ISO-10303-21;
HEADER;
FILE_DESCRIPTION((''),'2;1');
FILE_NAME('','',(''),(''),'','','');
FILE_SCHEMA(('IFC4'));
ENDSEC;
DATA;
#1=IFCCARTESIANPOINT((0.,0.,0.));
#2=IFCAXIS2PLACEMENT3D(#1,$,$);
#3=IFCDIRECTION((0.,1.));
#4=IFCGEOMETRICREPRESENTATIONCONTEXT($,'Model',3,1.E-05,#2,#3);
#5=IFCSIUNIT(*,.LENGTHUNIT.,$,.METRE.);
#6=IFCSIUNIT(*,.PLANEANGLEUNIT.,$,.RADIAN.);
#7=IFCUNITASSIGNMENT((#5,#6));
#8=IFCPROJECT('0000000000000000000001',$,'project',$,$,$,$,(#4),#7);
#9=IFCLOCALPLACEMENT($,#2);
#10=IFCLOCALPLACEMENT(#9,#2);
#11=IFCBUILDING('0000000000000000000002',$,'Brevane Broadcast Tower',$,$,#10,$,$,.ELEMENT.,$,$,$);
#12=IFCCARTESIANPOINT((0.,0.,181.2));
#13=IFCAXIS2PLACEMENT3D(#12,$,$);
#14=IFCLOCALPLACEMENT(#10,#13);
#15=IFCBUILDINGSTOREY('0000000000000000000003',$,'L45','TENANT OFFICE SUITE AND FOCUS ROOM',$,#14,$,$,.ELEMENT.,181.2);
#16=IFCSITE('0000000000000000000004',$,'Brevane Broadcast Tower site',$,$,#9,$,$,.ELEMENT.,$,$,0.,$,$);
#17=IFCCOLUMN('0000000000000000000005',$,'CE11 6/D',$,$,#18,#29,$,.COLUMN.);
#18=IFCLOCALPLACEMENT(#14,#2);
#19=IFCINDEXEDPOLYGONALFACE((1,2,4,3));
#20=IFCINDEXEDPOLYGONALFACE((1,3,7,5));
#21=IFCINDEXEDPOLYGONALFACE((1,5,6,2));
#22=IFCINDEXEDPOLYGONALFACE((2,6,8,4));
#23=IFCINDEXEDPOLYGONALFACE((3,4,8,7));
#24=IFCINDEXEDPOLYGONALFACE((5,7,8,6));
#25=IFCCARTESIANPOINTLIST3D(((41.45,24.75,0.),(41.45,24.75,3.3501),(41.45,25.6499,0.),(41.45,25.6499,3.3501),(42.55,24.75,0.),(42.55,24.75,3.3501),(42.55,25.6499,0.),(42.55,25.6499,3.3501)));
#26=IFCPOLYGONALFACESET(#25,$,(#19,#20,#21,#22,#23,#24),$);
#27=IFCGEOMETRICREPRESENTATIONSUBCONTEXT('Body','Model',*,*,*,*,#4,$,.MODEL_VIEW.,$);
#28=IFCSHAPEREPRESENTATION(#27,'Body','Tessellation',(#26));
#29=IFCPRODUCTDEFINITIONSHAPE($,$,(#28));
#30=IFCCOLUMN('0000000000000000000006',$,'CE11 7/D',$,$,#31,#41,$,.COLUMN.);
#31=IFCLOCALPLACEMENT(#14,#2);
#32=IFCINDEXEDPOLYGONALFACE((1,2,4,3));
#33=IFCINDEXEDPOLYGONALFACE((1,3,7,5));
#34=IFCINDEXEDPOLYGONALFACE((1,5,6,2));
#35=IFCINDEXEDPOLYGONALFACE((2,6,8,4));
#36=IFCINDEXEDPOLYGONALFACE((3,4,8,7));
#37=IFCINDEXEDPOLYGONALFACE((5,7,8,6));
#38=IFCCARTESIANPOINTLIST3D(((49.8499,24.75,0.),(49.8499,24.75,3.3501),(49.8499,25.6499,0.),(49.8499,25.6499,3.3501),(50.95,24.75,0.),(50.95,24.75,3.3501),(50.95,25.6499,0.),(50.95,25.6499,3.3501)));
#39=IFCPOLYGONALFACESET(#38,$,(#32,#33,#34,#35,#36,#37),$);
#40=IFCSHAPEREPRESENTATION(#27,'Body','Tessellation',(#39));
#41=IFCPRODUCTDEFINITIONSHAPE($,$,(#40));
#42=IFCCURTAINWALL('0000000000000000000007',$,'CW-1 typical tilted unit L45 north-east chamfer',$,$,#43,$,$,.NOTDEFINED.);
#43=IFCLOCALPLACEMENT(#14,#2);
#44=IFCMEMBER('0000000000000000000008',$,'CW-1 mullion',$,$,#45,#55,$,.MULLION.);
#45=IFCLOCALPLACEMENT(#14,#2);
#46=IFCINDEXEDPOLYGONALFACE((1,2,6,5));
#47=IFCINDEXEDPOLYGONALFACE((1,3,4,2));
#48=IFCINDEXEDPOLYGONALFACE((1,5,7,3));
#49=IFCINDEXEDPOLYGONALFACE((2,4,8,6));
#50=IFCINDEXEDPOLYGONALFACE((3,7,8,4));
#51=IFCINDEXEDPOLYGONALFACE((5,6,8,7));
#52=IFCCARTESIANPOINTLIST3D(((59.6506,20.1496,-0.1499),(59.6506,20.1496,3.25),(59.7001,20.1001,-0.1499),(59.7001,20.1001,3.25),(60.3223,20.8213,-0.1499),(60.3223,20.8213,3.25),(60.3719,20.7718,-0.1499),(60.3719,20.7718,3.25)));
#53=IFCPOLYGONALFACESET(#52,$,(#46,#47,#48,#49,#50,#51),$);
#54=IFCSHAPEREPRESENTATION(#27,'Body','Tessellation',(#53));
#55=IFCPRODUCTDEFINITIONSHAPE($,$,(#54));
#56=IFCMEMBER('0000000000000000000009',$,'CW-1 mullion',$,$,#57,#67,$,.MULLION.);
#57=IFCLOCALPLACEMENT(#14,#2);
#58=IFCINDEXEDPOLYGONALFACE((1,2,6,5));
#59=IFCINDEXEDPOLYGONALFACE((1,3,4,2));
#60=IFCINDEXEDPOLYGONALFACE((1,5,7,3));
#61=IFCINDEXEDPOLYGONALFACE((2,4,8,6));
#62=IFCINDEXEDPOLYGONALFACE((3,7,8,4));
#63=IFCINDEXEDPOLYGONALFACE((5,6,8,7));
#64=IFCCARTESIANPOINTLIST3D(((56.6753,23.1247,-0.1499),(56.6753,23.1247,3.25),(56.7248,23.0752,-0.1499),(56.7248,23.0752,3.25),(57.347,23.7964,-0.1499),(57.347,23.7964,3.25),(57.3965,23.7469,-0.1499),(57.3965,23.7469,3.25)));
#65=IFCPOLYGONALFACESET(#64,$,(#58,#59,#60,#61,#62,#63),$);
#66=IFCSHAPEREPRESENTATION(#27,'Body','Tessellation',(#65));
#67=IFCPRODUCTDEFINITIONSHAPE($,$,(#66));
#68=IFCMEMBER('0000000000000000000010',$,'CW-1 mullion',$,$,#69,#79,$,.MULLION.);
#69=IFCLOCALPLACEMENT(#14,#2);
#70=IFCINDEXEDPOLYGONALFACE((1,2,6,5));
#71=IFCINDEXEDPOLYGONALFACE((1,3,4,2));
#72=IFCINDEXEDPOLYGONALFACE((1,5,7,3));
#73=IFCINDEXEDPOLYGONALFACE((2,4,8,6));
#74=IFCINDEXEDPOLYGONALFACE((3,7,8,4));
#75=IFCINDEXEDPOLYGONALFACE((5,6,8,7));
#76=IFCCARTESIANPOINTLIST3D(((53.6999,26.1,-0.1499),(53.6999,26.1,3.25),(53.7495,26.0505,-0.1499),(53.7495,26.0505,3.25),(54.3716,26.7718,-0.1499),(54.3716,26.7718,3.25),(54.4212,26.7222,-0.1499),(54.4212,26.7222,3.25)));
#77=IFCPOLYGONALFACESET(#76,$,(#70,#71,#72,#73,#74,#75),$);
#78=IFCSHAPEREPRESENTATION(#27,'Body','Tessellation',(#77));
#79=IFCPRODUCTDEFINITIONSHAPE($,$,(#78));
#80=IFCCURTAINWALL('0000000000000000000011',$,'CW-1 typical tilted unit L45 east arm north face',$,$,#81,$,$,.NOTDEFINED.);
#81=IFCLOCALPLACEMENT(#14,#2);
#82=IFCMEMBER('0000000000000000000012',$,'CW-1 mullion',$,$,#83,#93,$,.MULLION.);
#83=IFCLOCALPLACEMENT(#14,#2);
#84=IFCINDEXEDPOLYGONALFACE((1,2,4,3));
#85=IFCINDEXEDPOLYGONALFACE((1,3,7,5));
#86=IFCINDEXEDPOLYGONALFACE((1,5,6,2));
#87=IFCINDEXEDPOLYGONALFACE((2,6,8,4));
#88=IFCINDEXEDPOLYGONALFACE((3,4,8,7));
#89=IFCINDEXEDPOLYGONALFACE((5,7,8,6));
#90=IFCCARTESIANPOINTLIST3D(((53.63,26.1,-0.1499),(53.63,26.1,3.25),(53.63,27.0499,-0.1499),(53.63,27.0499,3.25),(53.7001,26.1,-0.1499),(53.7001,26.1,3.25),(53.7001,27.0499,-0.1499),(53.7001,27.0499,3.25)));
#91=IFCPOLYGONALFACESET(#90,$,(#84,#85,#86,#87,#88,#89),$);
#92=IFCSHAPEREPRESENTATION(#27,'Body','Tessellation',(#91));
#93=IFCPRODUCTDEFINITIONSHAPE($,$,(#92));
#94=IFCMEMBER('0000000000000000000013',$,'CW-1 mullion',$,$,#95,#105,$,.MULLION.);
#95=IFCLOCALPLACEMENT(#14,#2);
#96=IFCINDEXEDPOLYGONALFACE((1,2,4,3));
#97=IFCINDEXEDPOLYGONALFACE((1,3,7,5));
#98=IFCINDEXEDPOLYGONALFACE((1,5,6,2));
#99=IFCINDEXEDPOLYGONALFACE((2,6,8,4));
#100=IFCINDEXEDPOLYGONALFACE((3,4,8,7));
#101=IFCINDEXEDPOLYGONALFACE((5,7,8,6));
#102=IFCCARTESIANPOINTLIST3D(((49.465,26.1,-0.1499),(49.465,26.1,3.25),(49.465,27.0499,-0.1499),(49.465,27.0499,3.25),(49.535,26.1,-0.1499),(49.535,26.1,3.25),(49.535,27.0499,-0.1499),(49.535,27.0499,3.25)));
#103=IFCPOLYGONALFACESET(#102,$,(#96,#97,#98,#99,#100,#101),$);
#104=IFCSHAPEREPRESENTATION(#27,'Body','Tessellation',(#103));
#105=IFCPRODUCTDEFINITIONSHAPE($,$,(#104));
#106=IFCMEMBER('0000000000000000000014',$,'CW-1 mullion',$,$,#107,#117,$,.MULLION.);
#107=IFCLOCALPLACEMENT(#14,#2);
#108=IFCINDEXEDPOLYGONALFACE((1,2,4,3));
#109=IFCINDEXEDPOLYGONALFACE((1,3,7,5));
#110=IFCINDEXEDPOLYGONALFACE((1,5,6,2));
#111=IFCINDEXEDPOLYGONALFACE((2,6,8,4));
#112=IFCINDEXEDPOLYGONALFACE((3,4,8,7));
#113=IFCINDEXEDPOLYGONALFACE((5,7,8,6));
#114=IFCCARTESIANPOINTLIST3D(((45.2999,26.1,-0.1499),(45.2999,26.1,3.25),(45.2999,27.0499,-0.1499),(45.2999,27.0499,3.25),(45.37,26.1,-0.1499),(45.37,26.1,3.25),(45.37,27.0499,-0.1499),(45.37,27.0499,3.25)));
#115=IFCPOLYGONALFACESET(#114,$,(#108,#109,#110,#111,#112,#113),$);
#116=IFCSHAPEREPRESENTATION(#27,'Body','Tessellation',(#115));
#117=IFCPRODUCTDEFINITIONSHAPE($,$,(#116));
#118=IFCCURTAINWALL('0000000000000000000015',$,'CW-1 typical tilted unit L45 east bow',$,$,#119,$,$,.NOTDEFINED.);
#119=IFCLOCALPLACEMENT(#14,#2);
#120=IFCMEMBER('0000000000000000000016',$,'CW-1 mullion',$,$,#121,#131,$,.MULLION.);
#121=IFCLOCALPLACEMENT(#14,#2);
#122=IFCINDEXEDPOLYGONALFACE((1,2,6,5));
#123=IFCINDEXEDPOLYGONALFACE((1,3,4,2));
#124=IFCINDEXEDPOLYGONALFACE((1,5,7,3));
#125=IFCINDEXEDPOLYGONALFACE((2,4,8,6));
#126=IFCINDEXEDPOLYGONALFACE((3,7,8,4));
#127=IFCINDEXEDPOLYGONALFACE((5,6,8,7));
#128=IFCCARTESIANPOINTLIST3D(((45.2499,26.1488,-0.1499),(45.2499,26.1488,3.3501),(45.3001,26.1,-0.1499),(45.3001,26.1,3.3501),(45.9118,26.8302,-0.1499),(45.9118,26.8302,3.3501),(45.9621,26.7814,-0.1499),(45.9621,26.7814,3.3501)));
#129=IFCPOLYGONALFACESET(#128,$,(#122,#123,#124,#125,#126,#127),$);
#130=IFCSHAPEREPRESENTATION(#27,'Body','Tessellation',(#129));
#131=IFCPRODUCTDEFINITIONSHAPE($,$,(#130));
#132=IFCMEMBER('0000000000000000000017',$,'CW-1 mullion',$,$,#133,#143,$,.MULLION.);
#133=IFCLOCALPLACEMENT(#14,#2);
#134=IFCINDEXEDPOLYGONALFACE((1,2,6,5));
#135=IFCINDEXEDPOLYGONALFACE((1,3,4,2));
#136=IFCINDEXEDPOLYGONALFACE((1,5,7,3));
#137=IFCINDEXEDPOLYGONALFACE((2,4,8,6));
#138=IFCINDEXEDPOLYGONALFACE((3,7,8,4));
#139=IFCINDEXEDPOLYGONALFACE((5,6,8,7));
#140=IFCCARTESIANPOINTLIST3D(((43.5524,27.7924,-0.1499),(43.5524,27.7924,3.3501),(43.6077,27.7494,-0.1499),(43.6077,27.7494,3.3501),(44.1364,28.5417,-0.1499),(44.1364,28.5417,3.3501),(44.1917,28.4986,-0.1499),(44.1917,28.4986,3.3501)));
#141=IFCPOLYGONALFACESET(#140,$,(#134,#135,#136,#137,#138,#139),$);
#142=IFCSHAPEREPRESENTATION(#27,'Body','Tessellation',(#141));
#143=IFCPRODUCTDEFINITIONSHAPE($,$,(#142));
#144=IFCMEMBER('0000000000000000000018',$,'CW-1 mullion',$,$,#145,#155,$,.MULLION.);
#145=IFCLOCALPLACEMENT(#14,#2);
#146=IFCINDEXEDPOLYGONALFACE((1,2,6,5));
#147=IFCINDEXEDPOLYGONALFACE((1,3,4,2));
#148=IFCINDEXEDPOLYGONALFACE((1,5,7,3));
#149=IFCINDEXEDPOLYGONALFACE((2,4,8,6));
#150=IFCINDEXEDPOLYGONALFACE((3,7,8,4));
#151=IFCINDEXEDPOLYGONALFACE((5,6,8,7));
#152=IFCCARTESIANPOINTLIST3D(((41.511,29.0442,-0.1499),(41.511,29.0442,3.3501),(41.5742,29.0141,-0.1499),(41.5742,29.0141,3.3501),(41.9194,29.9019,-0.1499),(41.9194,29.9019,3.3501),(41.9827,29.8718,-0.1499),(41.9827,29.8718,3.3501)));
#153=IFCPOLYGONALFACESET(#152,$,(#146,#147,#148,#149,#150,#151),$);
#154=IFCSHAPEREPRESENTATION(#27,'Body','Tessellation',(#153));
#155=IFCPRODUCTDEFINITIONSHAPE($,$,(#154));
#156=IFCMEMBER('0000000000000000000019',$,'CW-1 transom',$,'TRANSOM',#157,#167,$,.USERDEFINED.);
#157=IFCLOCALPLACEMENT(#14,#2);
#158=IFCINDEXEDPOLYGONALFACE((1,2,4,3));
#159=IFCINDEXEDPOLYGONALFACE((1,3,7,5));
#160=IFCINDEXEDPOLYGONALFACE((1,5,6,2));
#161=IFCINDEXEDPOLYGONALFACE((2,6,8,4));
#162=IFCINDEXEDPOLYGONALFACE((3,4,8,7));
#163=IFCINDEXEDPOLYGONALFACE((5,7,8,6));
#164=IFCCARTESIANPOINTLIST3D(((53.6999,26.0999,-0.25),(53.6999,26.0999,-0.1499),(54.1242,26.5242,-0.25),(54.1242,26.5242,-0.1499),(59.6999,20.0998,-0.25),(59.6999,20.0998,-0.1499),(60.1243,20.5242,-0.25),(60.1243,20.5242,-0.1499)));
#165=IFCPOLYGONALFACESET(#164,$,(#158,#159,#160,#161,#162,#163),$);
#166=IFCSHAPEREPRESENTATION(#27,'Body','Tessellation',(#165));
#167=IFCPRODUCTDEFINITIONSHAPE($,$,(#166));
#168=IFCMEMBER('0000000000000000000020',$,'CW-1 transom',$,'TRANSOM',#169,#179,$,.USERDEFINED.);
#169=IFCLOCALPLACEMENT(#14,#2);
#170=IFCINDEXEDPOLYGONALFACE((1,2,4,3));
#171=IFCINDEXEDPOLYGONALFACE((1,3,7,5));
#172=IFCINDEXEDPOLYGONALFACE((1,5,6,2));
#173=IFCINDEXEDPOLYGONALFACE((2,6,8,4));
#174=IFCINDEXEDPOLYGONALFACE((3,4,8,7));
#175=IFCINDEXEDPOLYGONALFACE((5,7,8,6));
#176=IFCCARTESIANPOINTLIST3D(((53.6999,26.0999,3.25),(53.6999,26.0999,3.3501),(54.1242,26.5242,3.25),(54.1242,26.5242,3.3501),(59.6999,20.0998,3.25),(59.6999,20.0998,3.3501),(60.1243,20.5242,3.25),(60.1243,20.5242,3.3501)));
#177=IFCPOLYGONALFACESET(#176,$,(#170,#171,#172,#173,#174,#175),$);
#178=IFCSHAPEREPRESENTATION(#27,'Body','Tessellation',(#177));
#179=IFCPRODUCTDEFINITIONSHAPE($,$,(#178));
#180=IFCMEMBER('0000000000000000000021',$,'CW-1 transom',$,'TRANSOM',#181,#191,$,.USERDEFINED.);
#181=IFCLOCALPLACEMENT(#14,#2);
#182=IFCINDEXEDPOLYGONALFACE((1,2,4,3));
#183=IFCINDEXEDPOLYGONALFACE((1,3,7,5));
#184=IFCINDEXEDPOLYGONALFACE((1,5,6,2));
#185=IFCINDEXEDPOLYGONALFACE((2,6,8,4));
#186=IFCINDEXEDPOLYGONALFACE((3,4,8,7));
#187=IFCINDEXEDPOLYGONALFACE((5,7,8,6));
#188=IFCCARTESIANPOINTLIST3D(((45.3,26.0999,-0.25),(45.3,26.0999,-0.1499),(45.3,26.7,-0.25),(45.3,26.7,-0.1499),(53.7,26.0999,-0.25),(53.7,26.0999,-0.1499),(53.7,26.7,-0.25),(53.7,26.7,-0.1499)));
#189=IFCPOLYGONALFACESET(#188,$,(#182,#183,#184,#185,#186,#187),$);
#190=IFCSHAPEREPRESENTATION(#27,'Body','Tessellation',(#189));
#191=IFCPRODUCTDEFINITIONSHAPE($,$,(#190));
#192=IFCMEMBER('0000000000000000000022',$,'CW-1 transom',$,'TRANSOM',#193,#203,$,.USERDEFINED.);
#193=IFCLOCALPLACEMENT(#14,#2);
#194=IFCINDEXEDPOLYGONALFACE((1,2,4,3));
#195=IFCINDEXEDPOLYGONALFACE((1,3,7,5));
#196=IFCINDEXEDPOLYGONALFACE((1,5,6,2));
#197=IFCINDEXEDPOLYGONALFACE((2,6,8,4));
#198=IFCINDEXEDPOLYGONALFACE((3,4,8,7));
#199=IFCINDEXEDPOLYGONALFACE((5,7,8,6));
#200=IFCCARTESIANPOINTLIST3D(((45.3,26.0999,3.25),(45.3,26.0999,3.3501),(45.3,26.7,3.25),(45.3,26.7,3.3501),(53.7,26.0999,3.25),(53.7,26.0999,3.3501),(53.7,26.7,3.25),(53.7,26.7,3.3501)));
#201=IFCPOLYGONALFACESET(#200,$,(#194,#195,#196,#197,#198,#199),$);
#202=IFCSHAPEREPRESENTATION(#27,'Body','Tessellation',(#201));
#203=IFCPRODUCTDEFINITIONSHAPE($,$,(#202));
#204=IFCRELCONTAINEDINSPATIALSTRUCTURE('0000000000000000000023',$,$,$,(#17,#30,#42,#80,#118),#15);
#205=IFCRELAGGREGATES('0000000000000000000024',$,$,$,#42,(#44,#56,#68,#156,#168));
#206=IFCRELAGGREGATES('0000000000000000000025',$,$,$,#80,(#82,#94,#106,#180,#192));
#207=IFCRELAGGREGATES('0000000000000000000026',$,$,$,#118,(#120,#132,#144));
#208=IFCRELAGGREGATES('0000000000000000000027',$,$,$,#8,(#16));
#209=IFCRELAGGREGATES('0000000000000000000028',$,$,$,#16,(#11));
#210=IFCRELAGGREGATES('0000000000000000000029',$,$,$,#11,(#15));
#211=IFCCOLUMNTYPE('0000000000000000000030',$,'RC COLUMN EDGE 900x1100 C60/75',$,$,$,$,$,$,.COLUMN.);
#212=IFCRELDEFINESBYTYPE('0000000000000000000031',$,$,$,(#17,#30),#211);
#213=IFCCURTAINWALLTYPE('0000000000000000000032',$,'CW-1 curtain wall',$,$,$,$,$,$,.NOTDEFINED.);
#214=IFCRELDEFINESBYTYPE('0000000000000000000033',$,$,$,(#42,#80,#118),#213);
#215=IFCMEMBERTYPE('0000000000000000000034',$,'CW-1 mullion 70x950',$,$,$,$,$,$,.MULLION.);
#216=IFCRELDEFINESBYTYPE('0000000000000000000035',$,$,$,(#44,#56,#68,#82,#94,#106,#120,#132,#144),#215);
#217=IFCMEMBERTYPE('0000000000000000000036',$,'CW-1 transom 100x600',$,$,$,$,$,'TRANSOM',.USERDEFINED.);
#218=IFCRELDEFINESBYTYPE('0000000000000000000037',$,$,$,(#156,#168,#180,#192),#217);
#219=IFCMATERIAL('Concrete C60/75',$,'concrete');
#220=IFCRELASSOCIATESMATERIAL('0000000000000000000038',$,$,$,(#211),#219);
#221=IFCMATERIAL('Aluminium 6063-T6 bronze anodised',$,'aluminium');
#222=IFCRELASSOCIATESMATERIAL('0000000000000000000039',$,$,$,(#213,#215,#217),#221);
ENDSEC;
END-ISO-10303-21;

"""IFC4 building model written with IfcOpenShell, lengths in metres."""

from ifc_helpers import new_model, si_unit, direction, frame, origin, origin_2d, place, context, subcontext, project, spatial, rectangle, extrude, material, material_profile, profile_set, type_object, element, aggregate, save


model = new_model("IFC4")

# Units and contexts
model_context = context("Model", 3, precision=1e-05, world=origin(), true_north=direction((0.0, 1.0)))
body_context = subcontext(model_context, "Body", "Model", "MODEL_VIEW")
ifc_project = project(units=[si_unit("LENGTHUNIT", "METRE"), si_unit("PLANEANGLEUNIT", "RADIAN")], contexts=[model_context])

# Site, building, storey
site_placement = place(None, origin())
site = spatial("IfcSite", under=ifc_project, at=site_placement, Name="Brevane Broadcast Tower site", CompositionType="ELEMENT", RefElevation=0.0)
building_placement = place(site_placement, origin())
building = spatial("IfcBuilding", under=site, at=building_placement, Name="Brevane Broadcast Tower", CompositionType="ELEMENT")
storey_placement = place(building_placement, frame((0.0, 0.0, 181.2)))
storey = spatial("IfcBuildingStorey", under=building, at=storey_placement, Name="L45", Description="TENANT OFFICE SUITE AND FOCUS ROOM", CompositionType="ELEMENT", Elevation=181.2)

# Columns
ifc_material_1 = material(Name="Concrete C60/75", Category="concrete")
ifc_material_profile_1 = material_profile(ifc_material_1, rectangle(XDim=0.8999, YDim=1.1001, at=origin_2d()), Name="RC 900x1100")
ifc_profile_set_1 = profile_set([ifc_material_profile_1], Name="Concrete C60/75")
column_type = type_object("IfcColumnType", Name="RC COLUMN EDGE 900x1100 C60/75", PredefinedType="COLUMN", material=ifc_profile_set_1)
for number, where, z_axis, x_axis, name in (
    (1, (42.0, 25.2, 0.0), (0.0, 0.0, 1.0), (0.0, 1.0, 0.0), "CE11 6/D"),
    (2, (50.3999, 25.2, 0.0), (0.0, 0.0, 1.0), (0.0, 1.0, 0.0), "CE11 7/D"),
):
    element("IfcColumn", number, at=place(storey_placement, frame(where, z_axis=z_axis, x_axis=x_axis)), inside=storey, type_object=column_type, Name=name, PredefinedType="COLUMN", context=body_context, shape_type="SweptSolid", body=[
        extrude(rectangle(XDim=0.8999, YDim=1.1001, at=origin_2d()), origin(), (0.0, 0.0, 1.0), 3.3501),
    ])

# Curtain walls, members
ifc_material_2 = material(Name="Aluminium 6063-T6 bronze anodised", Category="aluminium")
curtain_wall_type = type_object("IfcCurtainWallType", Name="CW-1 curtain wall", PredefinedType="NOTDEFINED", material=ifc_material_2)
curtain_wall_1_placement = place(storey_placement, origin())
curtain_wall_1 = element("IfcCurtainWall", 3, at=curtain_wall_1_placement, inside=storey, type_object=curtain_wall_type, Name="CW-1 typical tilted unit L45 north-east chamfer", PredefinedType="NOTDEFINED")
ifc_material_profile_2 = material_profile(ifc_material_2, rectangle(XDim=0.95, YDim=0.0701, at=origin_2d()), Name="RECT 70x950")
ifc_profile_set_2 = profile_set([ifc_material_profile_2], Name="Aluminium 6063-T6 bronze anodised")
member_type_1 = type_object("IfcMemberType", Name="CW-1 mullion 70x950", PredefinedType="MULLION", material=ifc_profile_set_2)
member_1_placement = place(storey_placement, frame((60.0112, 20.4607, -0.1499), z_axis=(0.0, 0.0, 1.0), x_axis=(-0.707107, -0.707107, 0.0)))
member_1 = element("IfcMember", 4, at=member_1_placement, type_object=member_type_1, Name="CW-1 mullion", PredefinedType="MULLION", context=body_context, shape_type="SweptSolid", body=[
    extrude(rectangle(XDim=0.95, YDim=0.0701, at=origin_2d()), origin(), (0.0, 0.0, 1.0), 3.3999),
])
member_2_placement = place(storey_placement, frame((57.0359, 23.4358, -0.1499), z_axis=(0.0, 0.0, 1.0), x_axis=(-0.707107, -0.707107, 0.0)))
member_2 = element("IfcMember", 5, at=member_2_placement, type_object=member_type_1, Name="CW-1 mullion", PredefinedType="MULLION", context=body_context, shape_type="SweptSolid", body=[
    extrude(rectangle(XDim=0.95, YDim=0.0701, at=origin_2d()), origin(), (0.0, 0.0, 1.0), 3.3999),
])
member_3_placement = place(storey_placement, frame((54.0605, 26.4111, -0.1499), z_axis=(0.0, 0.0, 1.0), x_axis=(-0.707107, -0.707107, 0.0)))
member_3 = element("IfcMember", 6, at=member_3_placement, type_object=member_type_1, Name="CW-1 mullion", PredefinedType="MULLION", context=body_context, shape_type="SweptSolid", body=[
    extrude(rectangle(XDim=0.95, YDim=0.0701, at=origin_2d()), origin(), (0.0, 0.0, 1.0), 3.3999),
])
curtain_wall_2_placement = place(storey_placement, origin())
curtain_wall_2 = element("IfcCurtainWall", 7, at=curtain_wall_2_placement, inside=storey, type_object=curtain_wall_type, Name="CW-1 typical tilted unit L45 east arm north face", PredefinedType="NOTDEFINED")
member_4_placement = place(storey_placement, frame((53.665, 26.575, -0.1499), z_axis=(0.0, 0.0, 1.0), x_axis=(0.0, -1.0, 0.0)))
member_4 = element("IfcMember", 8, at=member_4_placement, type_object=member_type_1, Name="CW-1 mullion", PredefinedType="MULLION", context=body_context, shape_type="SweptSolid", body=[
    extrude(rectangle(XDim=0.95, YDim=0.0701, at=origin_2d()), origin(), (0.0, 0.0, 1.0), 3.3999),
])
member_5_placement = place(storey_placement, frame((49.5, 26.575, -0.1499), z_axis=(0.0, 0.0, 1.0), x_axis=(0.0, -1.0, 0.0)))
member_5 = element("IfcMember", 9, at=member_5_placement, type_object=member_type_1, Name="CW-1 mullion", PredefinedType="MULLION", context=body_context, shape_type="SweptSolid", body=[
    extrude(rectangle(XDim=0.95, YDim=0.0701, at=origin_2d()), origin(), (0.0, 0.0, 1.0), 3.3999),
])
member_6_placement = place(storey_placement, frame((45.335, 26.575, -0.1499), z_axis=(0.0, 0.0, 1.0), x_axis=(0.0, -1.0, 0.0)))
member_6 = element("IfcMember", 10, at=member_6_placement, type_object=member_type_1, Name="CW-1 mullion", PredefinedType="MULLION", context=body_context, shape_type="SweptSolid", body=[
    extrude(rectangle(XDim=0.95, YDim=0.0701, at=origin_2d()), origin(), (0.0, 0.0, 1.0), 3.3999),
])
curtain_wall_3_placement = place(storey_placement, origin())
curtain_wall_3 = element("IfcCurtainWall", 11, at=curtain_wall_3_placement, inside=storey, type_object=curtain_wall_type, Name="CW-1 typical tilted unit L45 east bow", PredefinedType="NOTDEFINED")
member_7_placement = place(storey_placement, frame((45.606, 26.4651, -0.1499), z_axis=(0.0, 0.0, 1.0), x_axis=(-0.696812, -0.717254, 0.0)))
member_7 = element("IfcMember", 12, at=member_7_placement, type_object=member_type_1, Name="CW-1 mullion", PredefinedType="MULLION", context=body_context, shape_type="SweptSolid", body=[
    extrude(rectangle(XDim=0.95, YDim=0.0701, at=origin_2d()), origin(), (0.0, 0.0, 1.0), 3.5),
])
member_8_placement = place(storey_placement, frame((43.8721, 28.1455, -0.1499), z_axis=(0.0, 0.0, 1.0), x_axis=(-0.61477, -0.788707, 0.0)))
member_8 = element("IfcMember", 13, at=member_8_placement, type_object=member_type_1, Name="CW-1 mullion", PredefinedType="MULLION", context=body_context, shape_type="SweptSolid", body=[
    extrude(rectangle(XDim=0.95, YDim=0.0701, at=origin_2d()), origin(), (0.0, 0.0, 1.0), 3.5),
])
member_9_placement = place(storey_placement, frame((41.7468, 29.458, -0.1499), z_axis=(0.0, 0.0, 1.0), x_axis=(-0.429934, -0.902861, 0.0)))
member_9 = element("IfcMember", 14, at=member_9_placement, type_object=member_type_1, Name="CW-1 mullion", PredefinedType="MULLION", context=body_context, shape_type="SweptSolid", body=[
    extrude(rectangle(XDim=0.95, YDim=0.0701, at=origin_2d()), origin(), (0.0, 0.0, 1.0), 3.5),
])

# Members
ifc_material_profile_3 = material_profile(ifc_material_2, rectangle(XDim=0.6001, YDim=0.1001, at=origin_2d()), Name="RECT 100x600")
ifc_profile_set_3 = profile_set([ifc_material_profile_3], Name="Aluminium 6063-T6 bronze anodised")
member_type_2 = type_object("IfcMemberType", Name="CW-1 transom 100x600", ElementType="TRANSOM", PredefinedType="USERDEFINED", material=ifc_profile_set_3)
member_10_placement = place(storey_placement, frame((59.9121, 20.312, -0.2), z_axis=(-0.707107, 0.707107, 0.0), x_axis=(-0.707107, -0.707107, 0.0)))
member_10 = element("IfcMember", 15, at=member_10_placement, type_object=member_type_2, Name="CW-1 transom", ObjectType="TRANSOM", PredefinedType="USERDEFINED", context=body_context, shape_type="SweptSolid", body=[
    extrude(rectangle(XDim=0.6001, YDim=0.1001, at=origin_2d()), origin(), (0.0, 0.0, 1.0), 8.4854),
])
member_11_placement = place(storey_placement, frame((59.9121, 20.312, 3.3), z_axis=(-0.707107, 0.707107, 0.0), x_axis=(-0.707107, -0.707107, 0.0)))
member_11 = element("IfcMember", 16, at=member_11_placement, type_object=member_type_2, Name="CW-1 transom", ObjectType="TRANSOM", PredefinedType="USERDEFINED", context=body_context, shape_type="SweptSolid", body=[
    extrude(rectangle(XDim=0.6001, YDim=0.1001, at=origin_2d()), origin(), (0.0, 0.0, 1.0), 8.4854),
])
aggregate(curtain_wall_1, [member_1, member_2, member_3, member_10, member_11])
member_12_placement = place(storey_placement, frame((53.7, 26.3999, -0.2), z_axis=(-1.0, 0.0, 0.0), x_axis=(0.0, -1.0, 0.0)))
member_12 = element("IfcMember", 17, at=member_12_placement, type_object=member_type_2, Name="CW-1 transom", ObjectType="TRANSOM", PredefinedType="USERDEFINED", context=body_context, shape_type="SweptSolid", body=[
    extrude(rectangle(XDim=0.6001, YDim=0.1001, at=origin_2d()), origin(), (0.0, 0.0, 1.0), 8.3999),
])
member_13_placement = place(storey_placement, frame((53.7, 26.3999, 3.3), z_axis=(-1.0, 0.0, 0.0), x_axis=(0.0, -1.0, 0.0)))
member_13 = element("IfcMember", 18, at=member_13_placement, type_object=member_type_2, Name="CW-1 transom", ObjectType="TRANSOM", PredefinedType="USERDEFINED", context=body_context, shape_type="SweptSolid", body=[
    extrude(rectangle(XDim=0.6001, YDim=0.1001, at=origin_2d()), origin(), (0.0, 0.0, 1.0), 8.3999),
])
aggregate(curtain_wall_2, [member_4, member_5, member_6, member_12, member_13])
aggregate(curtain_wall_3, [member_7, member_8, member_9])

save(model, "model.ifc")
